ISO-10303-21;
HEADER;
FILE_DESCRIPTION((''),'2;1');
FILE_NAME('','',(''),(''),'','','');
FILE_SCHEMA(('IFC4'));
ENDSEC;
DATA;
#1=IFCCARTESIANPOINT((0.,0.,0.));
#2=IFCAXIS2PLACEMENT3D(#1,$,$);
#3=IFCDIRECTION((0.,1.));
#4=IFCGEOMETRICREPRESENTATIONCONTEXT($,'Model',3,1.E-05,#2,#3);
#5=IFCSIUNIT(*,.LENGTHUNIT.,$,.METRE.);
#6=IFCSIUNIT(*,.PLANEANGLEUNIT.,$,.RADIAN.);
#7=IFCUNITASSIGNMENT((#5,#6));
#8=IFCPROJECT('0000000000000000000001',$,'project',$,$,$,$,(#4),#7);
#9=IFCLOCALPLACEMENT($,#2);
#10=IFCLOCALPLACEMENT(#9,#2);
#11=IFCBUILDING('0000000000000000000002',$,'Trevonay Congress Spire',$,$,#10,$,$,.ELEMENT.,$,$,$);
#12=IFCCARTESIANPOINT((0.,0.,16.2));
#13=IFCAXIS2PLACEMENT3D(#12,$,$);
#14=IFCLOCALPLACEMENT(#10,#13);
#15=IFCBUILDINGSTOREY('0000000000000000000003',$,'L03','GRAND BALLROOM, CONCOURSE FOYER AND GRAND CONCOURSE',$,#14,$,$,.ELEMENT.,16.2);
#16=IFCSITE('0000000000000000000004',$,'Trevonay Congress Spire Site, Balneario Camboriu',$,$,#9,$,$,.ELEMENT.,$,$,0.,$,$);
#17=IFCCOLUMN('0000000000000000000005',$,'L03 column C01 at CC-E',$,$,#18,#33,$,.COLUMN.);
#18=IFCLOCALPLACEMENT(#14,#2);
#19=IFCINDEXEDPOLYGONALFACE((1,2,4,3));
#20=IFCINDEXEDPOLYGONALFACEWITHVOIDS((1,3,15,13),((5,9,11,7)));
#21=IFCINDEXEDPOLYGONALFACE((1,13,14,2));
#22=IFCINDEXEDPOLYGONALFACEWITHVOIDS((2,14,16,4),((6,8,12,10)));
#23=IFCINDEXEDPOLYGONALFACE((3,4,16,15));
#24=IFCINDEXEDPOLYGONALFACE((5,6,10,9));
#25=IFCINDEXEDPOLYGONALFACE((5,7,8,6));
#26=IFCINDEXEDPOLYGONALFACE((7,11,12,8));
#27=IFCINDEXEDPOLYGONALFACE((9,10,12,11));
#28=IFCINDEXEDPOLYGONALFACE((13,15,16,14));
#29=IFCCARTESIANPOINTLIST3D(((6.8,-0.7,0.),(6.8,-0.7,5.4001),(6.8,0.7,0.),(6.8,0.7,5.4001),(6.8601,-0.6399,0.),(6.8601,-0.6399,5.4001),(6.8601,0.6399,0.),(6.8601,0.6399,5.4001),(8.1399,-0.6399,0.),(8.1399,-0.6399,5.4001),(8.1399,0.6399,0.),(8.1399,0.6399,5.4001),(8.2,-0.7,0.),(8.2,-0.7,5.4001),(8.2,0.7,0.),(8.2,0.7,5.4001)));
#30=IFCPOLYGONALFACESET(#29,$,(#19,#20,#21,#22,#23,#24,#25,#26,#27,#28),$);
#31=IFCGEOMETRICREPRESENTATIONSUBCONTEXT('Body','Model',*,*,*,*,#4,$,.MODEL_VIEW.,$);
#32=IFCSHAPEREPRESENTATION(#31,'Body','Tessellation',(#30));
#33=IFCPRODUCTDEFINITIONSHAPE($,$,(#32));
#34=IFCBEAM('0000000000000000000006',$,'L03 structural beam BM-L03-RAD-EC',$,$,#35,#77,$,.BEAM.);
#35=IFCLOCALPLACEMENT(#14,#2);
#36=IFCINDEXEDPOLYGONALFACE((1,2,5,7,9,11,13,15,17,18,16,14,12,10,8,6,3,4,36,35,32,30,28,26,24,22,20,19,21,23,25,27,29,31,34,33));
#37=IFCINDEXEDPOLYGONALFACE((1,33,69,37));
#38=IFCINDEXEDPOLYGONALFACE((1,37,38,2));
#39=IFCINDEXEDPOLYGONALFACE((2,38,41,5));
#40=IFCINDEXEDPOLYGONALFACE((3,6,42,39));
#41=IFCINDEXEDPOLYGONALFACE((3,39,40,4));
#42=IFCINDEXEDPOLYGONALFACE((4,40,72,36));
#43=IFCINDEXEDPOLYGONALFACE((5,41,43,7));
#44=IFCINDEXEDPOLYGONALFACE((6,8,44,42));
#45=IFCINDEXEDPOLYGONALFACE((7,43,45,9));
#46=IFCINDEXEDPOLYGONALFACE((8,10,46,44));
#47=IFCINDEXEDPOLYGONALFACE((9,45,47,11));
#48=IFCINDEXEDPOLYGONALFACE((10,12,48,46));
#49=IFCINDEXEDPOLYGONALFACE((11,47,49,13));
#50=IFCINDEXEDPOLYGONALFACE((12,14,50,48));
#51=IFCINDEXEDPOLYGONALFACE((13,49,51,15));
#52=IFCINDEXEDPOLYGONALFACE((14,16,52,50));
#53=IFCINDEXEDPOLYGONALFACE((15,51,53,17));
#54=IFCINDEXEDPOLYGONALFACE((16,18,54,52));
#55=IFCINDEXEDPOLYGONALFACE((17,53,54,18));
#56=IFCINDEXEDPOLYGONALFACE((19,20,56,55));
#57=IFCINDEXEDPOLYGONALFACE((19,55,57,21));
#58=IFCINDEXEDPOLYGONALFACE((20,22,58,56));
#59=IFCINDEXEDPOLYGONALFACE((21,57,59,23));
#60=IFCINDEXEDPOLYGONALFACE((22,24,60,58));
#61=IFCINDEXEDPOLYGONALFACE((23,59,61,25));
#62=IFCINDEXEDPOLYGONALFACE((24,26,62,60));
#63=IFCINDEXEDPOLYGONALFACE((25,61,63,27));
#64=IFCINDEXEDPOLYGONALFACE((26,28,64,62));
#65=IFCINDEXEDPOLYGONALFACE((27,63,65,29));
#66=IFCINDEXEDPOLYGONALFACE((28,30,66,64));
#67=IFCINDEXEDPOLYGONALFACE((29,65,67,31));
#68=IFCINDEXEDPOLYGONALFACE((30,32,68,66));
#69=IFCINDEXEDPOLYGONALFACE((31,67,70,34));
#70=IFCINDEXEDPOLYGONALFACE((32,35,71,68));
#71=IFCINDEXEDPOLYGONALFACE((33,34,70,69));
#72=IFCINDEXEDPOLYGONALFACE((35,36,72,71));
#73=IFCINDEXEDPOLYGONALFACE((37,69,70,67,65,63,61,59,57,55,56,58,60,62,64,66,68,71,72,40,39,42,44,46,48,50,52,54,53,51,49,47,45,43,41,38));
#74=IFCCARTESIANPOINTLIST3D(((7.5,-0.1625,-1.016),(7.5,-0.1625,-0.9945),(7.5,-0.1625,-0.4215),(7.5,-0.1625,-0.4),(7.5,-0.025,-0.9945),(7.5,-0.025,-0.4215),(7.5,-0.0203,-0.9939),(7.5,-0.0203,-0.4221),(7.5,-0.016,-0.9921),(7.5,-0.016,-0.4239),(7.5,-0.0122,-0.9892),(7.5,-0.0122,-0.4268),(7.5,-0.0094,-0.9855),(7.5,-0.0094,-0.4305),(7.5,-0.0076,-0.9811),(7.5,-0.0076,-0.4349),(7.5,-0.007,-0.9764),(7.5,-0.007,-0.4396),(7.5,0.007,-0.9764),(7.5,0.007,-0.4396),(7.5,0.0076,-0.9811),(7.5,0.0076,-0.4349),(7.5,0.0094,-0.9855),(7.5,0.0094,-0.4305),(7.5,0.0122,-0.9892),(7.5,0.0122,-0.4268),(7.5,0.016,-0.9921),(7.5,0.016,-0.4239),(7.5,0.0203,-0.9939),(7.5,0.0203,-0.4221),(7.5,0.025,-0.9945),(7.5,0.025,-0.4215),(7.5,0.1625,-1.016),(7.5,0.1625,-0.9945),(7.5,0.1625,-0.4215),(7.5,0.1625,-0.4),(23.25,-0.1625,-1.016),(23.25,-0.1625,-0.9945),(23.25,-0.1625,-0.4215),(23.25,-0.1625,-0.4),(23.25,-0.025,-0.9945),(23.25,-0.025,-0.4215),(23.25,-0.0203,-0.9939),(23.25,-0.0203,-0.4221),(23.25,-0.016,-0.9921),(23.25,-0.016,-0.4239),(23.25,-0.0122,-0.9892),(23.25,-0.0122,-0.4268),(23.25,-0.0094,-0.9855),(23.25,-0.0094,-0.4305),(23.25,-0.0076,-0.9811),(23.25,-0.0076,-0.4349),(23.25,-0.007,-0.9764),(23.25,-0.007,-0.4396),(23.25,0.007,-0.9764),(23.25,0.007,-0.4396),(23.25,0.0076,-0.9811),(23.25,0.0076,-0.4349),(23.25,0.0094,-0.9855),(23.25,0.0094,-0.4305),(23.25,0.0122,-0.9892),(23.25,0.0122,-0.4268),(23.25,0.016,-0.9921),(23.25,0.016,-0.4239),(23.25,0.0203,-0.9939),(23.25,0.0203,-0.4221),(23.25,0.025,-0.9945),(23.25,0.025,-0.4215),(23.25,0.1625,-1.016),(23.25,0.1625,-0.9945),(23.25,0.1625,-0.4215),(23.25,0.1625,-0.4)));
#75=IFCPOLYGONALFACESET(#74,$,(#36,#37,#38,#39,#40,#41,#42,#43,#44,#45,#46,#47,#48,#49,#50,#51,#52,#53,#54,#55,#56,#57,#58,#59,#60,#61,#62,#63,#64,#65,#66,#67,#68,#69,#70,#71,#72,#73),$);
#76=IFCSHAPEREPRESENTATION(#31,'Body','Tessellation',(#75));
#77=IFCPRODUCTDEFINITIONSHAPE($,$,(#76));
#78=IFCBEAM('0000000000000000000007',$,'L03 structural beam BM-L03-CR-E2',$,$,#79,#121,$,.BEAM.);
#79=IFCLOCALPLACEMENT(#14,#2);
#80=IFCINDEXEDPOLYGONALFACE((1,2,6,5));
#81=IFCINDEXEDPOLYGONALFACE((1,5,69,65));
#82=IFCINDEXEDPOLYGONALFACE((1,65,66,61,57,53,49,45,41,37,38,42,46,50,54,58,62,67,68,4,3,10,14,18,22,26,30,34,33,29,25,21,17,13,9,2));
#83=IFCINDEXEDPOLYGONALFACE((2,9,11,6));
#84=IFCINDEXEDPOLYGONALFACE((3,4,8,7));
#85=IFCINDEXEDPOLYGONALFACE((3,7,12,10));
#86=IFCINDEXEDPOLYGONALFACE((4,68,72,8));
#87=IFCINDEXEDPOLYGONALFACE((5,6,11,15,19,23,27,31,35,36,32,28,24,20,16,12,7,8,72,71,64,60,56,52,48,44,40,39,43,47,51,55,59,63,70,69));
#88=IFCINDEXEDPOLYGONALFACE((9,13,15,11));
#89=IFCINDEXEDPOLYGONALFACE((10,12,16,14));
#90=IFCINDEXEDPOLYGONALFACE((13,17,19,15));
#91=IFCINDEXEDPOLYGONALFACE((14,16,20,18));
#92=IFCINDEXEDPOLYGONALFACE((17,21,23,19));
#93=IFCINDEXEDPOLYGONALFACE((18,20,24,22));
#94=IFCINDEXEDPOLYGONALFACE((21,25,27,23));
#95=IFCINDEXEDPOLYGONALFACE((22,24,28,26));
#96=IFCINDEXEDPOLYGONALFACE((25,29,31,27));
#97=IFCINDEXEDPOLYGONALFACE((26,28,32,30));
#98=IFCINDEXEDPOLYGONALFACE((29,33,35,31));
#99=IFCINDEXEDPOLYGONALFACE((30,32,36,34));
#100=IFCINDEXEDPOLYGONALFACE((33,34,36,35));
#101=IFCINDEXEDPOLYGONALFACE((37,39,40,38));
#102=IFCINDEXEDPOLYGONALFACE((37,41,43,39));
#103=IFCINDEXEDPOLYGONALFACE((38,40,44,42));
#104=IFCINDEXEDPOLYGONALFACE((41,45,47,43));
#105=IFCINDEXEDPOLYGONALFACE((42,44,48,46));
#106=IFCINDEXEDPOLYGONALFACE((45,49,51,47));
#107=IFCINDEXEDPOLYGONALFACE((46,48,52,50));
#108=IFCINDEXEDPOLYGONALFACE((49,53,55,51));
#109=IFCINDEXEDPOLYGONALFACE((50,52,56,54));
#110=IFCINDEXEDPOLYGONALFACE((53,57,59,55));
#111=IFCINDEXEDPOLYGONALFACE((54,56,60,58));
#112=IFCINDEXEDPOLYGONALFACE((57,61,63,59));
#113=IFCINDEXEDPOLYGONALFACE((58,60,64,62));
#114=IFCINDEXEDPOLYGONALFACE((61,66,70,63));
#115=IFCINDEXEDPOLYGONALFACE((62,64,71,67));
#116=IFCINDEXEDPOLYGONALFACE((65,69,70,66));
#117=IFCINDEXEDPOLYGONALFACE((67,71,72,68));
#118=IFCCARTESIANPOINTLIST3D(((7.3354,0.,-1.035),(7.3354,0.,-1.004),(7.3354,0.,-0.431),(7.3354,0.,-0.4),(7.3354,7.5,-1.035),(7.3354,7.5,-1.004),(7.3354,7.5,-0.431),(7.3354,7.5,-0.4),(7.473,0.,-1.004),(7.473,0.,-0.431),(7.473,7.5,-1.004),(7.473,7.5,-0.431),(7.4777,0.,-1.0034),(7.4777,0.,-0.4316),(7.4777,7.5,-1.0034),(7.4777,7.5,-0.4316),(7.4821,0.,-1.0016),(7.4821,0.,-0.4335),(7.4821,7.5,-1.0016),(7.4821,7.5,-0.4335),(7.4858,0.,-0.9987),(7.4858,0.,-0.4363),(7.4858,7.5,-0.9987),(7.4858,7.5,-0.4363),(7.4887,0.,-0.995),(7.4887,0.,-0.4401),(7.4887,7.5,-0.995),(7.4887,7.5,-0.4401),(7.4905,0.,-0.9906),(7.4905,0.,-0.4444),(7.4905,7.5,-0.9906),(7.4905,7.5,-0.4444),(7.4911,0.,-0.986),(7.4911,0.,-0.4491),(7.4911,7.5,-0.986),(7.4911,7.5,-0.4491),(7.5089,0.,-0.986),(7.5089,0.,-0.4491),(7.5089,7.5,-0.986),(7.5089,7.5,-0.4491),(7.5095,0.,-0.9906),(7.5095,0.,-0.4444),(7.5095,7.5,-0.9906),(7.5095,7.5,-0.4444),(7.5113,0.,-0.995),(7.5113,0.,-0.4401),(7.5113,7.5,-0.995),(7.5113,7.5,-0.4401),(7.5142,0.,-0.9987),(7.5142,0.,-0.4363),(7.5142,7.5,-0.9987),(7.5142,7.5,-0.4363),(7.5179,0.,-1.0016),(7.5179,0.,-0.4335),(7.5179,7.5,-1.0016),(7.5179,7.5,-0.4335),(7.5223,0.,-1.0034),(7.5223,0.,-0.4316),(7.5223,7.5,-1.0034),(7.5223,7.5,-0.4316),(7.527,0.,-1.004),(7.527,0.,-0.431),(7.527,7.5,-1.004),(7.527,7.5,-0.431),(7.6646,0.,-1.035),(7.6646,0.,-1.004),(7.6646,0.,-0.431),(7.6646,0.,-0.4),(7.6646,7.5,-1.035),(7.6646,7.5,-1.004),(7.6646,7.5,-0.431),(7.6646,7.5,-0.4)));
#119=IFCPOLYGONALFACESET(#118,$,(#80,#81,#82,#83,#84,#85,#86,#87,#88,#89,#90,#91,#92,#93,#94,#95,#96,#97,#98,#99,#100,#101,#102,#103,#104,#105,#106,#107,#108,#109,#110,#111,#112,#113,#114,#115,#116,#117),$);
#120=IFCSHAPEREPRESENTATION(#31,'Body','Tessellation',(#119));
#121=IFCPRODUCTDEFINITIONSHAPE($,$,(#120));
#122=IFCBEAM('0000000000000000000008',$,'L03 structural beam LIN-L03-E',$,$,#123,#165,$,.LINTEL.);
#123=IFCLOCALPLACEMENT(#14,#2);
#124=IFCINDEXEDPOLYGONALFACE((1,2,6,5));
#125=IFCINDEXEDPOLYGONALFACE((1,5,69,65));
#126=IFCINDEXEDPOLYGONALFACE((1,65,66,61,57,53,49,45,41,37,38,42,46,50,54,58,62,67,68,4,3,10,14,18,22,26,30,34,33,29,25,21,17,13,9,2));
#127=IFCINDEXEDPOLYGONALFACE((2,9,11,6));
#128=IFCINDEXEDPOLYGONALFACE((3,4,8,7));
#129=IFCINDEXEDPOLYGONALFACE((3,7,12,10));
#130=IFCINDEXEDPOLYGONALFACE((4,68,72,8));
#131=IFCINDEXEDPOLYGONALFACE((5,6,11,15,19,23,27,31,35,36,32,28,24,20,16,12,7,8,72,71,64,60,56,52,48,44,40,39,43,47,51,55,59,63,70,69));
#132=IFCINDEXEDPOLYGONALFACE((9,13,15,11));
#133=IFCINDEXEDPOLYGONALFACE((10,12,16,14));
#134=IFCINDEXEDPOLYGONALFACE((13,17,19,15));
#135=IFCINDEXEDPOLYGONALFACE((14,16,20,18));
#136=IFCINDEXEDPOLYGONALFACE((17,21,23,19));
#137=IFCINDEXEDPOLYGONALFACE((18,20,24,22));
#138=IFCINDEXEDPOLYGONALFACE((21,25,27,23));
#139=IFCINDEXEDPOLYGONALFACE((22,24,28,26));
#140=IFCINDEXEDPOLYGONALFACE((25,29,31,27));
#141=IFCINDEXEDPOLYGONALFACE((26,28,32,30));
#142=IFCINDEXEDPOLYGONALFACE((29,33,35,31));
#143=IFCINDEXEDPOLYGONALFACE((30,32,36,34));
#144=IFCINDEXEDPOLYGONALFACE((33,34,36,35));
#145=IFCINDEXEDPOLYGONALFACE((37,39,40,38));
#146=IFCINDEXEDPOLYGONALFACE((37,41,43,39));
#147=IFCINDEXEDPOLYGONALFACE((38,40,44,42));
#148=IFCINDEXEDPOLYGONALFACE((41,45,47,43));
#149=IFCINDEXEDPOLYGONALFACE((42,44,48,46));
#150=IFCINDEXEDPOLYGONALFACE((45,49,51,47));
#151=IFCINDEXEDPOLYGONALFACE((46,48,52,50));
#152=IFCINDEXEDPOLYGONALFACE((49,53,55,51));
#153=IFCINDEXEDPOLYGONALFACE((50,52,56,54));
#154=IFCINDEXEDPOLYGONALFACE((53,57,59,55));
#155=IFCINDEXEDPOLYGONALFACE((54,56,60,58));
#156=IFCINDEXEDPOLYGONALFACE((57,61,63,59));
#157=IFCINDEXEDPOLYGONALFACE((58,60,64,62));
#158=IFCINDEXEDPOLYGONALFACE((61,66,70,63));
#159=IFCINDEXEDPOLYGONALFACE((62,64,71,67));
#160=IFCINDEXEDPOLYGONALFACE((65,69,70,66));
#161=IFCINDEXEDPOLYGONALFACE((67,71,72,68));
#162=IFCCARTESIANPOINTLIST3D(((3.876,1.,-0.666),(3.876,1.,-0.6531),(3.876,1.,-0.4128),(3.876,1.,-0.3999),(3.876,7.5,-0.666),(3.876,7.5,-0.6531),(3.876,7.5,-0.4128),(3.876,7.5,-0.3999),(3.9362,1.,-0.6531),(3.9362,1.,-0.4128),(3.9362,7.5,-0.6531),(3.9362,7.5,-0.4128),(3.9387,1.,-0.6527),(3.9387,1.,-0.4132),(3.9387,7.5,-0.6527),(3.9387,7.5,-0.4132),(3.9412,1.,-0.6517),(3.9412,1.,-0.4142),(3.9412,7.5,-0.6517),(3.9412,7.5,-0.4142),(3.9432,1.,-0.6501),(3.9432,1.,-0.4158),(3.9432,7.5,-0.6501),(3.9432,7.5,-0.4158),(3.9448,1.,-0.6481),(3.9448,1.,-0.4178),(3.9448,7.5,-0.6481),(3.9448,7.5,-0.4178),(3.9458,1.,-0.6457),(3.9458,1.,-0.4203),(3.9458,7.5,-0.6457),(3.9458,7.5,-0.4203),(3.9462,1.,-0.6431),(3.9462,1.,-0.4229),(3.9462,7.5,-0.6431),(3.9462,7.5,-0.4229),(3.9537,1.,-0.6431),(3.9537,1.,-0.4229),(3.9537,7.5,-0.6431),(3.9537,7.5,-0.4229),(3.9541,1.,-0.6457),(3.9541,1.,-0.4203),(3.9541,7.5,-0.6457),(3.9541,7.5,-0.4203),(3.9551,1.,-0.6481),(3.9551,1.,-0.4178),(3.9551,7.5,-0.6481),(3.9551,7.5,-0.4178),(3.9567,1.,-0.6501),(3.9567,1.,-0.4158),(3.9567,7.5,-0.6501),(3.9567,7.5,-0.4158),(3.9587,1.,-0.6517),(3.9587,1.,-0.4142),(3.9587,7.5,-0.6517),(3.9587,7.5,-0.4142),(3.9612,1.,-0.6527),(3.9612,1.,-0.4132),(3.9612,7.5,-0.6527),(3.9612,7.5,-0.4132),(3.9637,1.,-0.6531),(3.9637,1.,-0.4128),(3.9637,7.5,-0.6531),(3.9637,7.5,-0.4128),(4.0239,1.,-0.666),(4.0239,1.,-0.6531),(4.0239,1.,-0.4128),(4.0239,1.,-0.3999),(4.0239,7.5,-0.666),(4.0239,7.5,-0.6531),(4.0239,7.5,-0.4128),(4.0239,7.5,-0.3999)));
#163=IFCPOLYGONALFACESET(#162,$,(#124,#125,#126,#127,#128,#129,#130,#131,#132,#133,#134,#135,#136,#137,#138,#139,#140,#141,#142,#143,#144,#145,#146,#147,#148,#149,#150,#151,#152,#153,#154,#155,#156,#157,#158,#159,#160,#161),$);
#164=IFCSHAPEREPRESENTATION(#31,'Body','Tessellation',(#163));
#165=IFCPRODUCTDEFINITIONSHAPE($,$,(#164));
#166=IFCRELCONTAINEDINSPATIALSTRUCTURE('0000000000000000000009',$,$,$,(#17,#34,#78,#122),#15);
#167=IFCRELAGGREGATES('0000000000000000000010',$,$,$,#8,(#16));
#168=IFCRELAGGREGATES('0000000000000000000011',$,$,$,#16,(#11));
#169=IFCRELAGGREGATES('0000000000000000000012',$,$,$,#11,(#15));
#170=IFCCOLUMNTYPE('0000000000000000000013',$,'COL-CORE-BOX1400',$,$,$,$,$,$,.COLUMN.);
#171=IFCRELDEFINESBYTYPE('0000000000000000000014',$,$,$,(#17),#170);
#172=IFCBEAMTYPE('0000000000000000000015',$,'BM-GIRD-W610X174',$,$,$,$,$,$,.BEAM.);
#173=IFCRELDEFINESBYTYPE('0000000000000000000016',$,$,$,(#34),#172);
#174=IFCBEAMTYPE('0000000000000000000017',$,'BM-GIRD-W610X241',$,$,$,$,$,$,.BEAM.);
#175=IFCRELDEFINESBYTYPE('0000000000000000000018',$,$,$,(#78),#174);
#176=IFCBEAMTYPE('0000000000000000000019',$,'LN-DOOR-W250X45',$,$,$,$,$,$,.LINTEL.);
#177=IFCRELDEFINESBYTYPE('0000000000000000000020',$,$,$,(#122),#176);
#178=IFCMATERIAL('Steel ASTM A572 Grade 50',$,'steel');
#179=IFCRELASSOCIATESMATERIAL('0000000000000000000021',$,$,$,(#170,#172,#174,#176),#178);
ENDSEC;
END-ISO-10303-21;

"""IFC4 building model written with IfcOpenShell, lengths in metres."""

from ifc_helpers import new_model, si_unit, direction, frame, origin, origin_2d, place, context, subcontext, project, spatial, hollow_rectangle, i_section, extrude, material, material_profile, profile_set, type_object, element, save


model = new_model("IFC4")

# Units and contexts
model_context = context("Model", 3, precision=1e-05, world=origin(), true_north=direction((0.0, 1.0)))
body_context = subcontext(model_context, "Body", "Model", "MODEL_VIEW")
ifc_project = project(units=[si_unit("LENGTHUNIT", "METRE"), si_unit("PLANEANGLEUNIT", "RADIAN")], contexts=[model_context])

# Site, building, storey
site_placement = place(None, origin())
site = spatial("IfcSite", under=ifc_project, at=site_placement, Name="Trevonay Congress Spire Site, Balneario Camboriu", CompositionType="ELEMENT", RefElevation=0.0)
building_placement = place(site_placement, origin())
building = spatial("IfcBuilding", under=site, at=building_placement, Name="Trevonay Congress Spire", CompositionType="ELEMENT")
storey_placement = place(building_placement, frame((0.0, 0.0, 16.2)))
storey = spatial("IfcBuildingStorey", under=building, at=storey_placement, Name="L03", Description="GRAND BALLROOM, CONCOURSE FOYER AND GRAND CONCOURSE", CompositionType="ELEMENT", Elevation=16.2)

# Column
ifc_material_1 = material(Name="Steel ASTM A572 Grade 50", Category="steel")
ifc_material_profile_1 = material_profile(ifc_material_1, hollow_rectangle(XDim=1.3999, YDim=1.3999, WallThickness=0.0601, at=origin_2d()), Name="BOX 1400x1400x60")
ifc_profile_set_1 = profile_set([ifc_material_profile_1], Name="Steel ASTM A572 Grade 50")
column_type = type_object("IfcColumnType", Name="COL-CORE-BOX1400", PredefinedType="COLUMN", material=ifc_profile_set_1)
column_placement = place(storey_placement, frame((7.5, 0.0, 0.0), z_axis=(0.0, 0.0, 1.0), x_axis=(1.0, 0.0, 0.0)))
element("IfcColumn", 1, at=column_placement, inside=storey, type_object=column_type, Name="L03 column C01 at CC-E", PredefinedType="COLUMN", context=body_context, shape_type="SweptSolid", body=[
    extrude(hollow_rectangle(XDim=1.3999, YDim=1.3999, WallThickness=0.0601, at=origin_2d()), origin(), (0.0, 0.0, 1.0), 5.4001),
])

# Beams
ifc_material_profile_2 = material_profile(ifc_material_1, i_section(OverallWidth=0.325, OverallDepth=0.616, WebThickness=0.0139, FlangeThickness=0.0215, FilletRadius=0.0181, at=origin_2d()), Name="W610x174")
ifc_profile_set_2 = profile_set([ifc_material_profile_2], Name="Steel ASTM A572 Grade 50")
beam_type_1 = type_object("IfcBeamType", Name="BM-GIRD-W610X174", PredefinedType="BEAM", material=ifc_profile_set_2)
beam_1_placement = place(storey_placement, frame((7.5, 0.0, -0.708), z_axis=(1.0, 0.0, 0.0), x_axis=(0.0, 1.0, 0.0)))
element("IfcBeam", 2, at=beam_1_placement, inside=storey, type_object=beam_type_1, Name="L03 structural beam BM-L03-RAD-EC", PredefinedType="BEAM", context=body_context, shape_type="SweptSolid", body=[
    extrude(i_section(OverallWidth=0.325, OverallDepth=0.616, WebThickness=0.0139, FlangeThickness=0.0215, FilletRadius=0.0181, at=origin_2d()), origin(), (0.0, 0.0, 1.0), 15.75),
])
ifc_material_profile_3 = material_profile(ifc_material_1, i_section(OverallWidth=0.3291, OverallDepth=0.635, WebThickness=0.0178, FlangeThickness=0.031, FilletRadius=0.0181, at=origin_2d()), Name="W610x241")
ifc_profile_set_3 = profile_set([ifc_material_profile_3], Name="Steel ASTM A572 Grade 50")
beam_type_2 = type_object("IfcBeamType", Name="BM-GIRD-W610X241", PredefinedType="BEAM", material=ifc_profile_set_3)
beam_2_placement = place(storey_placement, frame((7.5, 0.0, -0.7175), z_axis=(0.0, 1.0, 0.0), x_axis=(-1.0, 0.0, 0.0)))
element("IfcBeam", 3, at=beam_2_placement, inside=storey, type_object=beam_type_2, Name="L03 structural beam BM-L03-CR-E2", PredefinedType="BEAM", context=body_context, shape_type="SweptSolid", body=[
    extrude(i_section(OverallWidth=0.3291, OverallDepth=0.635, WebThickness=0.0178, FlangeThickness=0.031, FilletRadius=0.0181, at=origin_2d()), origin(), (0.0, 0.0, 1.0), 7.5),
])
ifc_material_profile_4 = material_profile(ifc_material_1, i_section(OverallWidth=0.1479, OverallDepth=0.2661, WebThickness=0.0076, FlangeThickness=0.0129, FilletRadius=0.01, at=origin_2d()), Name="W250x44.8")
ifc_profile_set_4 = profile_set([ifc_material_profile_4], Name="Steel ASTM A572 Grade 50")
beam_type_3 = type_object("IfcBeamType", Name="LN-DOOR-W250X45", PredefinedType="LINTEL", material=ifc_profile_set_4)
beam_3_placement = place(storey_placement, frame((3.95, 1.0, -0.533), z_axis=(0.0, 1.0, 0.0), x_axis=(-1.0, 0.0, 0.0)))
element("IfcBeam", 4, at=beam_3_placement, inside=storey, type_object=beam_type_3, Name="L03 structural beam LIN-L03-E", PredefinedType="LINTEL", context=body_context, shape_type="SweptSolid", body=[
    extrude(i_section(OverallWidth=0.1479, OverallDepth=0.2661, WebThickness=0.0076, FlangeThickness=0.0129, FilletRadius=0.01, at=origin_2d()), origin(), (0.0, 0.0, 1.0), 6.5),
])

save(model, "model.ifc")
